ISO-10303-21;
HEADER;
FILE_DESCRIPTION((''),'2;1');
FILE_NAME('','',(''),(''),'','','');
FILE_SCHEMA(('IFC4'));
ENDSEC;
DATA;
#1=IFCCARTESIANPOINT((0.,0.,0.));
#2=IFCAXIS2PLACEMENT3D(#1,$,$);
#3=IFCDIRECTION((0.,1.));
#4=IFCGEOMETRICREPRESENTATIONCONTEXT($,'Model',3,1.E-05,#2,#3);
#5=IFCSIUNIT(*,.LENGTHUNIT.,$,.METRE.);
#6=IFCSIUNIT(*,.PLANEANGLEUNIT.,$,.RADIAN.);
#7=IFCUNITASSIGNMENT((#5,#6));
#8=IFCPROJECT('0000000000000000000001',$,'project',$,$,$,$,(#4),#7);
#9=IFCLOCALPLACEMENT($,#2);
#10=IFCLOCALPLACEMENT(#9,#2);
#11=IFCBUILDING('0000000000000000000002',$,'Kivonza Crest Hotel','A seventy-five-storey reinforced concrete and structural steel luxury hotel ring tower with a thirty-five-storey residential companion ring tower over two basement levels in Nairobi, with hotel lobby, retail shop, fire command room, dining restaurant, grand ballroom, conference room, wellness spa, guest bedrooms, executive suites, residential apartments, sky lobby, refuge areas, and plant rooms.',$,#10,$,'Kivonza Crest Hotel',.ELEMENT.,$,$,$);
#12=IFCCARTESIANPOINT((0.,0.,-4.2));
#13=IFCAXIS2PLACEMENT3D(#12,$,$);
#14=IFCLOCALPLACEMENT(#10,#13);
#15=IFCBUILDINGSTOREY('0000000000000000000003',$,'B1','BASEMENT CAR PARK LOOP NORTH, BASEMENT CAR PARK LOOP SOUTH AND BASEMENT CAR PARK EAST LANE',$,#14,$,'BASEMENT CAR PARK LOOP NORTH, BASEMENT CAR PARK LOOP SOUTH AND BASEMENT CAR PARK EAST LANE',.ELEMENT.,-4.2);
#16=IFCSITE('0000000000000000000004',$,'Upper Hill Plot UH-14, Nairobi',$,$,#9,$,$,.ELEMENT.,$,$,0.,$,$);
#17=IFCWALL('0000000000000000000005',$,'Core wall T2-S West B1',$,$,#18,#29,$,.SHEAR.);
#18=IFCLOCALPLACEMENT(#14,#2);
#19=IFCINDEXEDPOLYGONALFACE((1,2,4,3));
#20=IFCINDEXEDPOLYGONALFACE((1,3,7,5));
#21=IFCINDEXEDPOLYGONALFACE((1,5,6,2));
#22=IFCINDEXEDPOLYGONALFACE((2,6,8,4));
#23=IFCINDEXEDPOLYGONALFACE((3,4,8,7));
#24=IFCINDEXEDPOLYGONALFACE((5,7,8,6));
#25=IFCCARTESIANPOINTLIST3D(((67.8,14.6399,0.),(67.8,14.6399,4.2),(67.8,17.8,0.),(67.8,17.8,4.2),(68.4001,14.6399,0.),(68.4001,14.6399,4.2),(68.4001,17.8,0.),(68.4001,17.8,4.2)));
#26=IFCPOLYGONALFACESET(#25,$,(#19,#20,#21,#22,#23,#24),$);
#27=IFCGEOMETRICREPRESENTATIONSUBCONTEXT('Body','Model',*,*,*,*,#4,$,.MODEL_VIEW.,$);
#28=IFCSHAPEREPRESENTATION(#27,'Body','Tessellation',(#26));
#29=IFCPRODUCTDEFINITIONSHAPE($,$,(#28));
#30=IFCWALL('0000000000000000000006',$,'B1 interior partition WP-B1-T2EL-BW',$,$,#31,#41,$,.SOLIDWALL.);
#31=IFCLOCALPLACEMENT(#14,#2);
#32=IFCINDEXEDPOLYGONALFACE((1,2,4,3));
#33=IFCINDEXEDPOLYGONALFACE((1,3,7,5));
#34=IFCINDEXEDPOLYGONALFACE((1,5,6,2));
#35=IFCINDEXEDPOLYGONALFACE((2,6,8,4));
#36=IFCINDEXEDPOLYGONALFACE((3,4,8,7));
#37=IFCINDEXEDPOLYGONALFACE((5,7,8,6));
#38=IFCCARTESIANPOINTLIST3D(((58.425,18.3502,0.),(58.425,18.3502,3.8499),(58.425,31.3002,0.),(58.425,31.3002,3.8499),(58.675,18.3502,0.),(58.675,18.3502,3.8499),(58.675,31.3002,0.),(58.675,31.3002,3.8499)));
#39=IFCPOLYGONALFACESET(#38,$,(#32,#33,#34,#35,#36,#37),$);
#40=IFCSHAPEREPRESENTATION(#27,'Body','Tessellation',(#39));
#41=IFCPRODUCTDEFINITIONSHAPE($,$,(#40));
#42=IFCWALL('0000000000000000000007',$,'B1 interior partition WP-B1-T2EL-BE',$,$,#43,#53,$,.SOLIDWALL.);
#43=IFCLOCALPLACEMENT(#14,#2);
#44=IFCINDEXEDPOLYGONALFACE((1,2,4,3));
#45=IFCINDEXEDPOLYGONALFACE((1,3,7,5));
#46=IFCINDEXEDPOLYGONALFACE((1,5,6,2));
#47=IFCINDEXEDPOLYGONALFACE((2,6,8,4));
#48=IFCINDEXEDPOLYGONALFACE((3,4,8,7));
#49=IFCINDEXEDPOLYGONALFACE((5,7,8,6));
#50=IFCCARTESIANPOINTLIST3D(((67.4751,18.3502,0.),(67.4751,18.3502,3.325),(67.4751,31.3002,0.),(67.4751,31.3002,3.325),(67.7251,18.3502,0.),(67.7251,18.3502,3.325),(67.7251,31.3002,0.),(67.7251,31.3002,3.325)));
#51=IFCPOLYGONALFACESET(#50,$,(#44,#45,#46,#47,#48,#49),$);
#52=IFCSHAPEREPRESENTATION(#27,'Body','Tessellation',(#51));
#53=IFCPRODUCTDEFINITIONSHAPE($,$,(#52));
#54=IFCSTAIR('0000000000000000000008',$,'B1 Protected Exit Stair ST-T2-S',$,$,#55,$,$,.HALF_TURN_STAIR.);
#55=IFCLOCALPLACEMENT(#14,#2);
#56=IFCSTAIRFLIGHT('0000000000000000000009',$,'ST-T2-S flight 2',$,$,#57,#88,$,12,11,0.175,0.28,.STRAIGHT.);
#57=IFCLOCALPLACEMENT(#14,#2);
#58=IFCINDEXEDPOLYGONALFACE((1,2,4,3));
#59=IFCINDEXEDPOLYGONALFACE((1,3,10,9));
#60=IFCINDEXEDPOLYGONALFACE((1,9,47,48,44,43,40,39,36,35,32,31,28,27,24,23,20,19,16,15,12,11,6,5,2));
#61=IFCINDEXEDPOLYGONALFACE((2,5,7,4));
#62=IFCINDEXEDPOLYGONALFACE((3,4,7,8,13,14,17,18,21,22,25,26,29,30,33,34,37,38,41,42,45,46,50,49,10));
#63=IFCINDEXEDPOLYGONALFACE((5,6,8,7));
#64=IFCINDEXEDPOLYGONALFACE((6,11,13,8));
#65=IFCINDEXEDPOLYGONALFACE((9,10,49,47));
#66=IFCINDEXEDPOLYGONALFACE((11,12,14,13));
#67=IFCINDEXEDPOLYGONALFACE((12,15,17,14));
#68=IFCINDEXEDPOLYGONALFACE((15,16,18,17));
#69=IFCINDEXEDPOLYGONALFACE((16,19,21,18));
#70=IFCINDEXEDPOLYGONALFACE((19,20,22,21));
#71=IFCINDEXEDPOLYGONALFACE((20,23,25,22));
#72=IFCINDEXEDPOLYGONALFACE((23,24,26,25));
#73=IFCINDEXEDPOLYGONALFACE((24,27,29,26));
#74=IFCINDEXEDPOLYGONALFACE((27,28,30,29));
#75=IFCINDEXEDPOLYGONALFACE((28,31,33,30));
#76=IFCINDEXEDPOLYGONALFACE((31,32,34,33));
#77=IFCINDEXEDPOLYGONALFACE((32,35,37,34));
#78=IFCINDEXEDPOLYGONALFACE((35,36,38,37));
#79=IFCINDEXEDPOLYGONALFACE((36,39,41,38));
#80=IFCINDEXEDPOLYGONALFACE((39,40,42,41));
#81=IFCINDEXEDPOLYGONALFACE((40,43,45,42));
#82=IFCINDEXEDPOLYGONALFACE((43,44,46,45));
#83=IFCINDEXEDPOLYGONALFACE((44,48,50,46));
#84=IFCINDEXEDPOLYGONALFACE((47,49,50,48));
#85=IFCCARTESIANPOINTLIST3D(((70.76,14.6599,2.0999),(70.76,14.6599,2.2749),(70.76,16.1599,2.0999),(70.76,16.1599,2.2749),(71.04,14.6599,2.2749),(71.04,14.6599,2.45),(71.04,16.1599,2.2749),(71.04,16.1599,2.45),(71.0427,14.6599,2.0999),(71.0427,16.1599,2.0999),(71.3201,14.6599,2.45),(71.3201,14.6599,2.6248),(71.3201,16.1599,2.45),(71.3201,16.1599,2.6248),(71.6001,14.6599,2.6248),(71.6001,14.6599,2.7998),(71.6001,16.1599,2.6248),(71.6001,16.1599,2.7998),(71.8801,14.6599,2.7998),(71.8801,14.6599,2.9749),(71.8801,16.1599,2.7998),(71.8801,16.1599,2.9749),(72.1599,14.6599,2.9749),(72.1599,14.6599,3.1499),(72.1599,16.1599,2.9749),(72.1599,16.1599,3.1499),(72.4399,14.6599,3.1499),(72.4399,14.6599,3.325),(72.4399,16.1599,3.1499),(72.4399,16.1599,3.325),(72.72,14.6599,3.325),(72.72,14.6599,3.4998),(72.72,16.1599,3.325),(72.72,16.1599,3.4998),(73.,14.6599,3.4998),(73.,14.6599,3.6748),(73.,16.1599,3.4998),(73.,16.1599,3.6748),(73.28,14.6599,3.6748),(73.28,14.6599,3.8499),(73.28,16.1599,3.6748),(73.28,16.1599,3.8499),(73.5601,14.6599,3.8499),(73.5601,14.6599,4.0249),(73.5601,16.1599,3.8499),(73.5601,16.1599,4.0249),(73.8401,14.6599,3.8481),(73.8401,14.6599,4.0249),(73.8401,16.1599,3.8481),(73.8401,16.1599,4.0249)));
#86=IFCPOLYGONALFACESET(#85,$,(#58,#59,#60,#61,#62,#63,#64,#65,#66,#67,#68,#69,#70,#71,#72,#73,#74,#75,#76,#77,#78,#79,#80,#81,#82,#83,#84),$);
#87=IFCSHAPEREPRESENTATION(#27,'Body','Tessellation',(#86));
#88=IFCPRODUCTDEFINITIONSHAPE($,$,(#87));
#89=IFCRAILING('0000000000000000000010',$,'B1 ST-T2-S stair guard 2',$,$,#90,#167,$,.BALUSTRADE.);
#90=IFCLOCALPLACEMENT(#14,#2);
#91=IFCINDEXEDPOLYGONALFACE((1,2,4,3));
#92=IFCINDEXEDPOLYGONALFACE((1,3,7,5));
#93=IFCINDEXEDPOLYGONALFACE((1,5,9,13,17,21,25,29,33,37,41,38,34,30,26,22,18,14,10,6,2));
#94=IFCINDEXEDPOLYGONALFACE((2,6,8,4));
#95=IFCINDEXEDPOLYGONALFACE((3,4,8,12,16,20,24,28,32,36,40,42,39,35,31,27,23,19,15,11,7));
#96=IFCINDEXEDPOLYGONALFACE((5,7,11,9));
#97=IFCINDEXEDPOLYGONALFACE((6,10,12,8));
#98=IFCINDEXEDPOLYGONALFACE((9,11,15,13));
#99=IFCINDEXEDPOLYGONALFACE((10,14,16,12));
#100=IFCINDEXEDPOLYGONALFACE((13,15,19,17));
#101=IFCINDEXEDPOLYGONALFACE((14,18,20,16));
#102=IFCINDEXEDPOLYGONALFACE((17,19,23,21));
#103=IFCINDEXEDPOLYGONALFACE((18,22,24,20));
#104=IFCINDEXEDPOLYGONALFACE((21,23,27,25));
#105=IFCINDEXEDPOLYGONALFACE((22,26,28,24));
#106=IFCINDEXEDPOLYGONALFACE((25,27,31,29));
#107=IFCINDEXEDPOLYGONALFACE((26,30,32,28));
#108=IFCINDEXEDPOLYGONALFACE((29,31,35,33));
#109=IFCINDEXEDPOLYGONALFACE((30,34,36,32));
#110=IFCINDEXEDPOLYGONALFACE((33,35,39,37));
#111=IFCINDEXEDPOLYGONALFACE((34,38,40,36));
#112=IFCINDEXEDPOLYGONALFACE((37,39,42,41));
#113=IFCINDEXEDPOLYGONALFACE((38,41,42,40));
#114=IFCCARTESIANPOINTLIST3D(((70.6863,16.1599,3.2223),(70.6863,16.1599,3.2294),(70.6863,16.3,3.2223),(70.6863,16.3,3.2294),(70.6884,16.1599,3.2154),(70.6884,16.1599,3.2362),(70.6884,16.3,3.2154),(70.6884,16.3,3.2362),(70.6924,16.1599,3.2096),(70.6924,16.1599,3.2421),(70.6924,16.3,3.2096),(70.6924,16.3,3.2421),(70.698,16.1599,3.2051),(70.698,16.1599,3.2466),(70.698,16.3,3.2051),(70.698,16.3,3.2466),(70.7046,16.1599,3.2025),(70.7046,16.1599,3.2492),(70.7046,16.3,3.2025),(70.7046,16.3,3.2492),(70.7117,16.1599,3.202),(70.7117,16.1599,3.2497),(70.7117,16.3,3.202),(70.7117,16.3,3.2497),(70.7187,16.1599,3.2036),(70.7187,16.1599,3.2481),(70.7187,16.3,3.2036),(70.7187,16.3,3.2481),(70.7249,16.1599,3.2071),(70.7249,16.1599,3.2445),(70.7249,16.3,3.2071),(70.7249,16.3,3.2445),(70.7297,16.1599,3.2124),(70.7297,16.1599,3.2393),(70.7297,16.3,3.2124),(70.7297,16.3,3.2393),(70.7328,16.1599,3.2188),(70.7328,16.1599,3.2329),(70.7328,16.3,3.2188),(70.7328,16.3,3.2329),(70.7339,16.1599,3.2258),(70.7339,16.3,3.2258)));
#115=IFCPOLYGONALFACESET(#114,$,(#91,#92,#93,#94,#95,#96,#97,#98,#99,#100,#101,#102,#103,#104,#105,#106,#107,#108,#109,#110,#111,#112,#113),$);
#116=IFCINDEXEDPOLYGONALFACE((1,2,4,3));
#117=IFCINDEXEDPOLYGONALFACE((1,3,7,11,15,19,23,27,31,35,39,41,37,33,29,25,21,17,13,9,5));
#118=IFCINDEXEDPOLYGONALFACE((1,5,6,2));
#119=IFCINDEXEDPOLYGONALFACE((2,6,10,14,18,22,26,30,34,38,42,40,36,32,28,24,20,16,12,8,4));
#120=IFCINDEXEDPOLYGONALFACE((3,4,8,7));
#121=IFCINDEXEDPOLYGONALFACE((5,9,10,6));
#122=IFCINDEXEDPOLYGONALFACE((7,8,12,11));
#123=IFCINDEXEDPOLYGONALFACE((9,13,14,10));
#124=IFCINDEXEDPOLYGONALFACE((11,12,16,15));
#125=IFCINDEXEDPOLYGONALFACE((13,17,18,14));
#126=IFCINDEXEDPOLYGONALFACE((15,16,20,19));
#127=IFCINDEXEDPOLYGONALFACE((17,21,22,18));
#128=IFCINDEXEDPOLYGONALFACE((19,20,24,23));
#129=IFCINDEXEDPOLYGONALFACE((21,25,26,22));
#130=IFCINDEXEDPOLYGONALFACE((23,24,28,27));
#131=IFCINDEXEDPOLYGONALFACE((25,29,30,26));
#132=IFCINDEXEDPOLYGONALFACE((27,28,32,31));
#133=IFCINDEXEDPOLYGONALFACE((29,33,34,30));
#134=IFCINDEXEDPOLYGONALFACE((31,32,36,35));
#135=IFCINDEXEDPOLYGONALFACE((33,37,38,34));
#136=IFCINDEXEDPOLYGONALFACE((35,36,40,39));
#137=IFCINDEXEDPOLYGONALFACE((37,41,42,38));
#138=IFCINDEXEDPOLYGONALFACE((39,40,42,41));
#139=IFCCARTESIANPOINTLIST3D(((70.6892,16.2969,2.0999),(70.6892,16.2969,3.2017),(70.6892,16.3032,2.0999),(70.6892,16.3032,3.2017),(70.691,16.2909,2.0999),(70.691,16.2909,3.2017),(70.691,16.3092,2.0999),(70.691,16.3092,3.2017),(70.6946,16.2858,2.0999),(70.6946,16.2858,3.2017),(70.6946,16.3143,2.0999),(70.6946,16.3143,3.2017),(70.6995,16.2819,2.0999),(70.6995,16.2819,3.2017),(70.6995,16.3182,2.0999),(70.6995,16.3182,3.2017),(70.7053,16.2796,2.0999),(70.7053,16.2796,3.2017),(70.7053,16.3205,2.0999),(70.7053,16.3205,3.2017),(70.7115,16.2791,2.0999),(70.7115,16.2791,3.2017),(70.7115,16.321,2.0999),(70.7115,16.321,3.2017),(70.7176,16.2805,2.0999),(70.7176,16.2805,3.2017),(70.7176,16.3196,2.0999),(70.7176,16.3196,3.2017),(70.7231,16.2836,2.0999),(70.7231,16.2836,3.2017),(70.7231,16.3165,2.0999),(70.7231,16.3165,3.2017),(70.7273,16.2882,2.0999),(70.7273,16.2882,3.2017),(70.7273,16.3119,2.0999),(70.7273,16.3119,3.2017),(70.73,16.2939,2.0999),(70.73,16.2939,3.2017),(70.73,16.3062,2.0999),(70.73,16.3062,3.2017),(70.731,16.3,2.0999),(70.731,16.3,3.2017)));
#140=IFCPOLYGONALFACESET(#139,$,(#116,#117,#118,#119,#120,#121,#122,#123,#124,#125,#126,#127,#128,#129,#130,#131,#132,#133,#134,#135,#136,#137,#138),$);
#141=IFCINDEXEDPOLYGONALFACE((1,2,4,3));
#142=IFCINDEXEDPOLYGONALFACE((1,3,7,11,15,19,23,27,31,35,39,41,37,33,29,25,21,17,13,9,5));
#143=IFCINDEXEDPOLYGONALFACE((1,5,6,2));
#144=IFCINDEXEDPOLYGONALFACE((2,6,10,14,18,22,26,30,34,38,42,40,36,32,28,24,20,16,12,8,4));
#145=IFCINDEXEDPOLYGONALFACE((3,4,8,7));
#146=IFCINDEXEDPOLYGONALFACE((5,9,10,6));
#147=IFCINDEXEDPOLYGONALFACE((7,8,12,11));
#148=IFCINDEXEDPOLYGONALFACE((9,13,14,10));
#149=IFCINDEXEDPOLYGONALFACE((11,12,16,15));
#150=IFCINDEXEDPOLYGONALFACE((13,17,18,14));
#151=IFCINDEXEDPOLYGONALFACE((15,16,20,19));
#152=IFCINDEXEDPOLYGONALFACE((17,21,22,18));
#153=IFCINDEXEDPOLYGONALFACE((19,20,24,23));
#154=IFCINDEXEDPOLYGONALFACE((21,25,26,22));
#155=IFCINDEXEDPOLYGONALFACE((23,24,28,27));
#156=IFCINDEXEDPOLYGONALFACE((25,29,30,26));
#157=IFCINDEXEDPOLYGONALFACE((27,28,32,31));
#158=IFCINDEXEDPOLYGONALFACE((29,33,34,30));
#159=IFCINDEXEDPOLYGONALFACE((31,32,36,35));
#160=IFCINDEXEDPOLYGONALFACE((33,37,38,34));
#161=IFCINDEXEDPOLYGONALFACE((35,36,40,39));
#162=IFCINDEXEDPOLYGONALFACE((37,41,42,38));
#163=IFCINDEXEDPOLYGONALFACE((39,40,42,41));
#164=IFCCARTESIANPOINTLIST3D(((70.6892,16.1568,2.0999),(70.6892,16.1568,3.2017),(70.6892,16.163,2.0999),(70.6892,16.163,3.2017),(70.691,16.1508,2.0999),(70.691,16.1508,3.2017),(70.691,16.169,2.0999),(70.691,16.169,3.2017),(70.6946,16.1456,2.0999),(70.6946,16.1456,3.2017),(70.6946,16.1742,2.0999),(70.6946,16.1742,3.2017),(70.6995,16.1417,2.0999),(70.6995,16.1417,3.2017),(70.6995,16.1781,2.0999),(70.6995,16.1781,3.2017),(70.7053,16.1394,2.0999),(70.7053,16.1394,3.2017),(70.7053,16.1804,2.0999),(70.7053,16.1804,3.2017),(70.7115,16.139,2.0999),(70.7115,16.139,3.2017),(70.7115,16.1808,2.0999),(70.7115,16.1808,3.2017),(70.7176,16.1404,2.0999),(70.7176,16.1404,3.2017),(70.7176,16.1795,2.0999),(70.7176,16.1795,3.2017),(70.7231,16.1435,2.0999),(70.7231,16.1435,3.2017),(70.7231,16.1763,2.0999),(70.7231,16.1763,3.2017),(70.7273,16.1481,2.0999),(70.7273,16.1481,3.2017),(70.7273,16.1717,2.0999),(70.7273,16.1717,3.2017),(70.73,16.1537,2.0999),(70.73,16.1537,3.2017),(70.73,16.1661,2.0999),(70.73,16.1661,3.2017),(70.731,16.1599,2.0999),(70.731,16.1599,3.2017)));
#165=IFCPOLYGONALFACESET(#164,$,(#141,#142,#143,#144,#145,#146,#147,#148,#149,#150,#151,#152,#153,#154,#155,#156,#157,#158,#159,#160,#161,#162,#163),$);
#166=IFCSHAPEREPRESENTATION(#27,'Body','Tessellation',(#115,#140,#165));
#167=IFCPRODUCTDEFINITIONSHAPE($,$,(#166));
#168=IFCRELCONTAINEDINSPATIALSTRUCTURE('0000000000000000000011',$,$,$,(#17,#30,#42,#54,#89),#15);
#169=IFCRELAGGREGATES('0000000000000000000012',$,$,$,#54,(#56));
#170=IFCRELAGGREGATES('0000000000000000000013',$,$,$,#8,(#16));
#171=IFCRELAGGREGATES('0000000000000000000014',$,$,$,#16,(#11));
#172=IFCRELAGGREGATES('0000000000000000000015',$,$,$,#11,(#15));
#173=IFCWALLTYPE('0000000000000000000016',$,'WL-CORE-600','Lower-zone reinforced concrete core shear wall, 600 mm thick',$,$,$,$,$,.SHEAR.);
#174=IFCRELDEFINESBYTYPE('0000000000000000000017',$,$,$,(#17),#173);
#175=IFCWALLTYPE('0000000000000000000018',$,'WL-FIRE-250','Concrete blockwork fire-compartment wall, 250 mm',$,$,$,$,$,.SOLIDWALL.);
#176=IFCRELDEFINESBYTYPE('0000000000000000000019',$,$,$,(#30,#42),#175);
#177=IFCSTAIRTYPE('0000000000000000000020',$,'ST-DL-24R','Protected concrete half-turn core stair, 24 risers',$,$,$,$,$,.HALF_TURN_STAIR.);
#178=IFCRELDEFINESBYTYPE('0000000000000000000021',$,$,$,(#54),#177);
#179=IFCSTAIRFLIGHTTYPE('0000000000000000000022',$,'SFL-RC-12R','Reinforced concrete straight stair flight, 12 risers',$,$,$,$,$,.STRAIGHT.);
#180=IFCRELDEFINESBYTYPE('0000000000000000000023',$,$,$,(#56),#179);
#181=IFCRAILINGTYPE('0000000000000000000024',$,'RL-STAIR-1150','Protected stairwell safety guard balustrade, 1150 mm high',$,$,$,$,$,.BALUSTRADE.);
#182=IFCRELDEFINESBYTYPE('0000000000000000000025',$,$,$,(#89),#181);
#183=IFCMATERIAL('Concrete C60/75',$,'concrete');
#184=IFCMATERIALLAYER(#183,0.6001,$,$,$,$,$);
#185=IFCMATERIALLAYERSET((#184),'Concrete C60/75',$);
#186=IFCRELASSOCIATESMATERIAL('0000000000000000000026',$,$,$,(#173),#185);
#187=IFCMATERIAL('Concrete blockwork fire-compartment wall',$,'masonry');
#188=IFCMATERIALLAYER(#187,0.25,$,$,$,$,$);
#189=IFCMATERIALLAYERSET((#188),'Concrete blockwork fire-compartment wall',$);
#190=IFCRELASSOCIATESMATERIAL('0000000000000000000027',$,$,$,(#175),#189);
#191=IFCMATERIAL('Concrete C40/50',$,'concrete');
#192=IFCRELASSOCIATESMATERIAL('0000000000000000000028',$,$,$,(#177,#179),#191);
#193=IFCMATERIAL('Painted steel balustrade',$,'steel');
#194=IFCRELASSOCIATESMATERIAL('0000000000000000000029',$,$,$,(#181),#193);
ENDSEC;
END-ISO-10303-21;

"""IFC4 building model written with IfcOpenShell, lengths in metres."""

from ifc_helpers import new_model, si_unit, direction, frame, frame_2d, origin, origin_2d, place, context, subcontext, project, spatial, polyline, rectangle, circle, outline, extrude, material, layer, layer_set, type_object, element, aggregate, save


model = new_model("IFC4")

# Units and contexts
model_context = context("Model", 3, precision=1e-05, world=origin(), true_north=direction((0.0, 1.0)))
body_context = subcontext(model_context, "Body", "Model", "MODEL_VIEW")
ifc_project = project(units=[si_unit("LENGTHUNIT", "METRE"), si_unit("PLANEANGLEUNIT", "RADIAN")], contexts=[model_context])

# Site, building, storey
site_placement = place(None, origin())
site = spatial("IfcSite", under=ifc_project, at=site_placement, Name="Upper Hill Plot UH-14, Nairobi", CompositionType="ELEMENT", RefElevation=0.0)
building_placement = place(site_placement, origin())
building = spatial("IfcBuilding", under=site, at=building_placement, Name="Kivonza Crest Hotel", Description="A seventy-five-storey reinforced concrete and structural steel luxury hotel ring tower with a thirty-five-storey residential companion ring tower over two basement levels in Nairobi, with hotel lobby, retail shop, fire command room, dining restaurant, grand ballroom, conference room, wellness spa, guest bedrooms, executive suites, residential apartments, sky lobby, refuge areas, and plant rooms.", LongName="Kivonza Crest Hotel", CompositionType="ELEMENT")
storey_placement = place(building_placement, frame((0.0, 0.0, -4.2)))
storey = spatial("IfcBuildingStorey", under=building, at=storey_placement, Name="B1", Description="BASEMENT CAR PARK LOOP NORTH, BASEMENT CAR PARK LOOP SOUTH AND BASEMENT CAR PARK EAST LANE", LongName="BASEMENT CAR PARK LOOP NORTH, BASEMENT CAR PARK LOOP SOUTH AND BASEMENT CAR PARK EAST LANE", CompositionType="ELEMENT", Elevation=-4.2)

# Shared definitions
ifc_material_1 = material(Name="Concrete C60/75", Category="concrete")

# Shared definitions
ifc_layer_1 = layer(ifc_material_1, 0.6001)
ifc_layer_set_1 = layer_set([ifc_layer_1], Name="Concrete C60/75")
wall_type_1 = type_object("IfcWallType", Name="WL-CORE-600", Description="Lower-zone reinforced concrete core shear wall, 600 mm thick", PredefinedType="SHEAR", material=ifc_layer_set_1)

# Walls
wall_1_placement = place(storey_placement, frame((68.1001, 14.6399, 0.0), z_axis=(0.0, 0.0, 1.0), x_axis=(0.0, 1.0, 0.0)))
element("IfcWall", 1, at=wall_1_placement, inside=storey, type_object=wall_type_1, Name="Core wall T2-S West B1", PredefinedType="SHEAR", context=body_context, shape_type="SweptSolid", body=[
    extrude(rectangle(XDim=3.1602, YDim=0.6001, at=frame_2d((1.5801, 0.0))), origin(), (0.0, 0.0, 1.0), 4.2),
])
ifc_material_2 = material(Name="Concrete blockwork fire-compartment wall", Category="masonry")
ifc_layer_2 = layer(ifc_material_2, 0.25)
ifc_layer_set_2 = layer_set([ifc_layer_2], Name="Concrete blockwork fire-compartment wall")
wall_type_2 = type_object("IfcWallType", Name="WL-FIRE-250", Description="Concrete blockwork fire-compartment wall, 250 mm", PredefinedType="SOLIDWALL", material=ifc_layer_set_2)
wall_2_placement = place(storey_placement, frame((58.55, 18.3501, 0.0), z_axis=(0.0, 0.0, 1.0), x_axis=(0.0, 1.0, 0.0)))
element("IfcWall", 2, at=wall_2_placement, inside=storey, type_object=wall_type_2, Name="B1 interior partition WP-B1-T2EL-BW", PredefinedType="SOLIDWALL", context=body_context, shape_type="SweptSolid", body=[
    extrude(rectangle(XDim=12.95, YDim=0.25, at=frame_2d((6.4751, 0.0))), origin(), (0.0, 0.0, 1.0), 3.8499),
])
wall_3_placement = place(storey_placement, frame((67.6001, 18.3501, 0.0), z_axis=(0.0, 0.0, 1.0), x_axis=(0.0, 1.0, 0.0)))
element("IfcWall", 3, at=wall_3_placement, inside=storey, type_object=wall_type_2, Name="B1 interior partition WP-B1-T2EL-BE", PredefinedType="SOLIDWALL", context=body_context, shape_type="SweptSolid", body=[
    extrude(rectangle(XDim=12.95, YDim=0.25, at=frame_2d((6.4751, 0.0))), origin(), (0.0, 0.0, 1.0), 3.325),
])

# Stair, stair flight
ifc_material_3 = material(Name="Concrete C40/50", Category="concrete")
stair_type = type_object("IfcStairType", Name="ST-DL-24R", Description="Protected concrete half-turn core stair, 24 risers", PredefinedType="HALF_TURN_STAIR", material=ifc_material_3)
stair_placement = place(storey_placement, origin())
stair = element("IfcStair", 4, at=stair_placement, inside=storey, type_object=stair_type, Name="B1 Protected Exit Stair ST-T2-S", PredefinedType="HALF_TURN_STAIR")
stair_flight_type = type_object("IfcStairFlightType", Name="SFL-RC-12R", Description="Reinforced concrete straight stair flight, 12 risers", PredefinedType="STRAIGHT", material=ifc_material_3)
stair_flight_placement = place(storey_placement, frame((70.76, 15.4099, 2.0999), z_axis=(0.0, 0.0, 1.0), x_axis=(1.0, 0.0, 0.0)))
stair_flight = element("IfcStairFlight", 5, at=stair_flight_placement, type_object=stair_flight_type, Name="ST-T2-S flight 2", NumberOfRisers=12, NumberOfTreads=11, PredefinedType="STRAIGHT", RiserHeight=0.175, TreadLength=0.28, context=body_context, shape_type="SweptSolid", body=[
    extrude(outline(polyline([(0.0, 0.0), (0.0, 0.175), (0.28, 0.175), (0.28, 0.3501), (0.5601, 0.3501), (0.5601, 0.5249), (0.8401, 0.5249), (0.8401, 0.7), (1.1201, 0.7), (1.1201, 0.875), (1.3999, 0.875), (1.3999, 1.05), (1.6799, 1.05), (1.6799, 1.2251), (1.96, 1.2251), (1.96, 1.3999), (2.24, 1.3999), (2.24, 1.575), (2.52, 1.575), (2.52, 1.75), (2.8, 1.75), (2.8, 1.925), (3.0801, 1.925), (3.0801, 2.1001), (3.0801, 1.7483), (0.2827, 0.0), (0.0, 0.0)])), frame((0.0, 0.75, 0.0), z_axis=(0.0, -1.0, 0.0), x_axis=(1.0, 0.0, 0.0)), (0.0, 0.0, 1.0), 1.5),
])
aggregate(stair, [stair_flight])

# Railing
ifc_material_4 = material(Name="Painted steel balustrade", Category="steel")
railing_type = type_object("IfcRailingType", Name="RL-STAIR-1150", Description="Protected stairwell safety guard balustrade, 1150 mm high", PredefinedType="BALUSTRADE", material=ifc_material_4)
railing_1_placement = place(storey_placement, frame((70.71, 16.3, 2.0999)))
element("IfcRailing", 6, at=railing_1_placement, inside=storey, type_object=railing_type, Name="B1 ST-T2-S stair guard 2", PredefinedType="BALUSTRADE", context=body_context, shape_type="SweptSolid", body=[
    extrude(circle(Radius=0.0239, at=origin_2d()), frame((0.0, 0.0, 1.126), z_axis=(0.0, -1.0, 0.0), x_axis=(1.0, 0.0, 0.0)), (0.0, 0.0, 1.0), 0.1401),
    extrude(circle(Radius=0.021, at=origin_2d()), origin(), (0.0, 0.0, 1.0), 1.1018),
    extrude(circle(Radius=0.021, at=origin_2d()), frame((0.0, -0.1401, 0.0)), (0.0, 0.0, 1.0), 1.1018),
])

save(model, "model.ifc")
